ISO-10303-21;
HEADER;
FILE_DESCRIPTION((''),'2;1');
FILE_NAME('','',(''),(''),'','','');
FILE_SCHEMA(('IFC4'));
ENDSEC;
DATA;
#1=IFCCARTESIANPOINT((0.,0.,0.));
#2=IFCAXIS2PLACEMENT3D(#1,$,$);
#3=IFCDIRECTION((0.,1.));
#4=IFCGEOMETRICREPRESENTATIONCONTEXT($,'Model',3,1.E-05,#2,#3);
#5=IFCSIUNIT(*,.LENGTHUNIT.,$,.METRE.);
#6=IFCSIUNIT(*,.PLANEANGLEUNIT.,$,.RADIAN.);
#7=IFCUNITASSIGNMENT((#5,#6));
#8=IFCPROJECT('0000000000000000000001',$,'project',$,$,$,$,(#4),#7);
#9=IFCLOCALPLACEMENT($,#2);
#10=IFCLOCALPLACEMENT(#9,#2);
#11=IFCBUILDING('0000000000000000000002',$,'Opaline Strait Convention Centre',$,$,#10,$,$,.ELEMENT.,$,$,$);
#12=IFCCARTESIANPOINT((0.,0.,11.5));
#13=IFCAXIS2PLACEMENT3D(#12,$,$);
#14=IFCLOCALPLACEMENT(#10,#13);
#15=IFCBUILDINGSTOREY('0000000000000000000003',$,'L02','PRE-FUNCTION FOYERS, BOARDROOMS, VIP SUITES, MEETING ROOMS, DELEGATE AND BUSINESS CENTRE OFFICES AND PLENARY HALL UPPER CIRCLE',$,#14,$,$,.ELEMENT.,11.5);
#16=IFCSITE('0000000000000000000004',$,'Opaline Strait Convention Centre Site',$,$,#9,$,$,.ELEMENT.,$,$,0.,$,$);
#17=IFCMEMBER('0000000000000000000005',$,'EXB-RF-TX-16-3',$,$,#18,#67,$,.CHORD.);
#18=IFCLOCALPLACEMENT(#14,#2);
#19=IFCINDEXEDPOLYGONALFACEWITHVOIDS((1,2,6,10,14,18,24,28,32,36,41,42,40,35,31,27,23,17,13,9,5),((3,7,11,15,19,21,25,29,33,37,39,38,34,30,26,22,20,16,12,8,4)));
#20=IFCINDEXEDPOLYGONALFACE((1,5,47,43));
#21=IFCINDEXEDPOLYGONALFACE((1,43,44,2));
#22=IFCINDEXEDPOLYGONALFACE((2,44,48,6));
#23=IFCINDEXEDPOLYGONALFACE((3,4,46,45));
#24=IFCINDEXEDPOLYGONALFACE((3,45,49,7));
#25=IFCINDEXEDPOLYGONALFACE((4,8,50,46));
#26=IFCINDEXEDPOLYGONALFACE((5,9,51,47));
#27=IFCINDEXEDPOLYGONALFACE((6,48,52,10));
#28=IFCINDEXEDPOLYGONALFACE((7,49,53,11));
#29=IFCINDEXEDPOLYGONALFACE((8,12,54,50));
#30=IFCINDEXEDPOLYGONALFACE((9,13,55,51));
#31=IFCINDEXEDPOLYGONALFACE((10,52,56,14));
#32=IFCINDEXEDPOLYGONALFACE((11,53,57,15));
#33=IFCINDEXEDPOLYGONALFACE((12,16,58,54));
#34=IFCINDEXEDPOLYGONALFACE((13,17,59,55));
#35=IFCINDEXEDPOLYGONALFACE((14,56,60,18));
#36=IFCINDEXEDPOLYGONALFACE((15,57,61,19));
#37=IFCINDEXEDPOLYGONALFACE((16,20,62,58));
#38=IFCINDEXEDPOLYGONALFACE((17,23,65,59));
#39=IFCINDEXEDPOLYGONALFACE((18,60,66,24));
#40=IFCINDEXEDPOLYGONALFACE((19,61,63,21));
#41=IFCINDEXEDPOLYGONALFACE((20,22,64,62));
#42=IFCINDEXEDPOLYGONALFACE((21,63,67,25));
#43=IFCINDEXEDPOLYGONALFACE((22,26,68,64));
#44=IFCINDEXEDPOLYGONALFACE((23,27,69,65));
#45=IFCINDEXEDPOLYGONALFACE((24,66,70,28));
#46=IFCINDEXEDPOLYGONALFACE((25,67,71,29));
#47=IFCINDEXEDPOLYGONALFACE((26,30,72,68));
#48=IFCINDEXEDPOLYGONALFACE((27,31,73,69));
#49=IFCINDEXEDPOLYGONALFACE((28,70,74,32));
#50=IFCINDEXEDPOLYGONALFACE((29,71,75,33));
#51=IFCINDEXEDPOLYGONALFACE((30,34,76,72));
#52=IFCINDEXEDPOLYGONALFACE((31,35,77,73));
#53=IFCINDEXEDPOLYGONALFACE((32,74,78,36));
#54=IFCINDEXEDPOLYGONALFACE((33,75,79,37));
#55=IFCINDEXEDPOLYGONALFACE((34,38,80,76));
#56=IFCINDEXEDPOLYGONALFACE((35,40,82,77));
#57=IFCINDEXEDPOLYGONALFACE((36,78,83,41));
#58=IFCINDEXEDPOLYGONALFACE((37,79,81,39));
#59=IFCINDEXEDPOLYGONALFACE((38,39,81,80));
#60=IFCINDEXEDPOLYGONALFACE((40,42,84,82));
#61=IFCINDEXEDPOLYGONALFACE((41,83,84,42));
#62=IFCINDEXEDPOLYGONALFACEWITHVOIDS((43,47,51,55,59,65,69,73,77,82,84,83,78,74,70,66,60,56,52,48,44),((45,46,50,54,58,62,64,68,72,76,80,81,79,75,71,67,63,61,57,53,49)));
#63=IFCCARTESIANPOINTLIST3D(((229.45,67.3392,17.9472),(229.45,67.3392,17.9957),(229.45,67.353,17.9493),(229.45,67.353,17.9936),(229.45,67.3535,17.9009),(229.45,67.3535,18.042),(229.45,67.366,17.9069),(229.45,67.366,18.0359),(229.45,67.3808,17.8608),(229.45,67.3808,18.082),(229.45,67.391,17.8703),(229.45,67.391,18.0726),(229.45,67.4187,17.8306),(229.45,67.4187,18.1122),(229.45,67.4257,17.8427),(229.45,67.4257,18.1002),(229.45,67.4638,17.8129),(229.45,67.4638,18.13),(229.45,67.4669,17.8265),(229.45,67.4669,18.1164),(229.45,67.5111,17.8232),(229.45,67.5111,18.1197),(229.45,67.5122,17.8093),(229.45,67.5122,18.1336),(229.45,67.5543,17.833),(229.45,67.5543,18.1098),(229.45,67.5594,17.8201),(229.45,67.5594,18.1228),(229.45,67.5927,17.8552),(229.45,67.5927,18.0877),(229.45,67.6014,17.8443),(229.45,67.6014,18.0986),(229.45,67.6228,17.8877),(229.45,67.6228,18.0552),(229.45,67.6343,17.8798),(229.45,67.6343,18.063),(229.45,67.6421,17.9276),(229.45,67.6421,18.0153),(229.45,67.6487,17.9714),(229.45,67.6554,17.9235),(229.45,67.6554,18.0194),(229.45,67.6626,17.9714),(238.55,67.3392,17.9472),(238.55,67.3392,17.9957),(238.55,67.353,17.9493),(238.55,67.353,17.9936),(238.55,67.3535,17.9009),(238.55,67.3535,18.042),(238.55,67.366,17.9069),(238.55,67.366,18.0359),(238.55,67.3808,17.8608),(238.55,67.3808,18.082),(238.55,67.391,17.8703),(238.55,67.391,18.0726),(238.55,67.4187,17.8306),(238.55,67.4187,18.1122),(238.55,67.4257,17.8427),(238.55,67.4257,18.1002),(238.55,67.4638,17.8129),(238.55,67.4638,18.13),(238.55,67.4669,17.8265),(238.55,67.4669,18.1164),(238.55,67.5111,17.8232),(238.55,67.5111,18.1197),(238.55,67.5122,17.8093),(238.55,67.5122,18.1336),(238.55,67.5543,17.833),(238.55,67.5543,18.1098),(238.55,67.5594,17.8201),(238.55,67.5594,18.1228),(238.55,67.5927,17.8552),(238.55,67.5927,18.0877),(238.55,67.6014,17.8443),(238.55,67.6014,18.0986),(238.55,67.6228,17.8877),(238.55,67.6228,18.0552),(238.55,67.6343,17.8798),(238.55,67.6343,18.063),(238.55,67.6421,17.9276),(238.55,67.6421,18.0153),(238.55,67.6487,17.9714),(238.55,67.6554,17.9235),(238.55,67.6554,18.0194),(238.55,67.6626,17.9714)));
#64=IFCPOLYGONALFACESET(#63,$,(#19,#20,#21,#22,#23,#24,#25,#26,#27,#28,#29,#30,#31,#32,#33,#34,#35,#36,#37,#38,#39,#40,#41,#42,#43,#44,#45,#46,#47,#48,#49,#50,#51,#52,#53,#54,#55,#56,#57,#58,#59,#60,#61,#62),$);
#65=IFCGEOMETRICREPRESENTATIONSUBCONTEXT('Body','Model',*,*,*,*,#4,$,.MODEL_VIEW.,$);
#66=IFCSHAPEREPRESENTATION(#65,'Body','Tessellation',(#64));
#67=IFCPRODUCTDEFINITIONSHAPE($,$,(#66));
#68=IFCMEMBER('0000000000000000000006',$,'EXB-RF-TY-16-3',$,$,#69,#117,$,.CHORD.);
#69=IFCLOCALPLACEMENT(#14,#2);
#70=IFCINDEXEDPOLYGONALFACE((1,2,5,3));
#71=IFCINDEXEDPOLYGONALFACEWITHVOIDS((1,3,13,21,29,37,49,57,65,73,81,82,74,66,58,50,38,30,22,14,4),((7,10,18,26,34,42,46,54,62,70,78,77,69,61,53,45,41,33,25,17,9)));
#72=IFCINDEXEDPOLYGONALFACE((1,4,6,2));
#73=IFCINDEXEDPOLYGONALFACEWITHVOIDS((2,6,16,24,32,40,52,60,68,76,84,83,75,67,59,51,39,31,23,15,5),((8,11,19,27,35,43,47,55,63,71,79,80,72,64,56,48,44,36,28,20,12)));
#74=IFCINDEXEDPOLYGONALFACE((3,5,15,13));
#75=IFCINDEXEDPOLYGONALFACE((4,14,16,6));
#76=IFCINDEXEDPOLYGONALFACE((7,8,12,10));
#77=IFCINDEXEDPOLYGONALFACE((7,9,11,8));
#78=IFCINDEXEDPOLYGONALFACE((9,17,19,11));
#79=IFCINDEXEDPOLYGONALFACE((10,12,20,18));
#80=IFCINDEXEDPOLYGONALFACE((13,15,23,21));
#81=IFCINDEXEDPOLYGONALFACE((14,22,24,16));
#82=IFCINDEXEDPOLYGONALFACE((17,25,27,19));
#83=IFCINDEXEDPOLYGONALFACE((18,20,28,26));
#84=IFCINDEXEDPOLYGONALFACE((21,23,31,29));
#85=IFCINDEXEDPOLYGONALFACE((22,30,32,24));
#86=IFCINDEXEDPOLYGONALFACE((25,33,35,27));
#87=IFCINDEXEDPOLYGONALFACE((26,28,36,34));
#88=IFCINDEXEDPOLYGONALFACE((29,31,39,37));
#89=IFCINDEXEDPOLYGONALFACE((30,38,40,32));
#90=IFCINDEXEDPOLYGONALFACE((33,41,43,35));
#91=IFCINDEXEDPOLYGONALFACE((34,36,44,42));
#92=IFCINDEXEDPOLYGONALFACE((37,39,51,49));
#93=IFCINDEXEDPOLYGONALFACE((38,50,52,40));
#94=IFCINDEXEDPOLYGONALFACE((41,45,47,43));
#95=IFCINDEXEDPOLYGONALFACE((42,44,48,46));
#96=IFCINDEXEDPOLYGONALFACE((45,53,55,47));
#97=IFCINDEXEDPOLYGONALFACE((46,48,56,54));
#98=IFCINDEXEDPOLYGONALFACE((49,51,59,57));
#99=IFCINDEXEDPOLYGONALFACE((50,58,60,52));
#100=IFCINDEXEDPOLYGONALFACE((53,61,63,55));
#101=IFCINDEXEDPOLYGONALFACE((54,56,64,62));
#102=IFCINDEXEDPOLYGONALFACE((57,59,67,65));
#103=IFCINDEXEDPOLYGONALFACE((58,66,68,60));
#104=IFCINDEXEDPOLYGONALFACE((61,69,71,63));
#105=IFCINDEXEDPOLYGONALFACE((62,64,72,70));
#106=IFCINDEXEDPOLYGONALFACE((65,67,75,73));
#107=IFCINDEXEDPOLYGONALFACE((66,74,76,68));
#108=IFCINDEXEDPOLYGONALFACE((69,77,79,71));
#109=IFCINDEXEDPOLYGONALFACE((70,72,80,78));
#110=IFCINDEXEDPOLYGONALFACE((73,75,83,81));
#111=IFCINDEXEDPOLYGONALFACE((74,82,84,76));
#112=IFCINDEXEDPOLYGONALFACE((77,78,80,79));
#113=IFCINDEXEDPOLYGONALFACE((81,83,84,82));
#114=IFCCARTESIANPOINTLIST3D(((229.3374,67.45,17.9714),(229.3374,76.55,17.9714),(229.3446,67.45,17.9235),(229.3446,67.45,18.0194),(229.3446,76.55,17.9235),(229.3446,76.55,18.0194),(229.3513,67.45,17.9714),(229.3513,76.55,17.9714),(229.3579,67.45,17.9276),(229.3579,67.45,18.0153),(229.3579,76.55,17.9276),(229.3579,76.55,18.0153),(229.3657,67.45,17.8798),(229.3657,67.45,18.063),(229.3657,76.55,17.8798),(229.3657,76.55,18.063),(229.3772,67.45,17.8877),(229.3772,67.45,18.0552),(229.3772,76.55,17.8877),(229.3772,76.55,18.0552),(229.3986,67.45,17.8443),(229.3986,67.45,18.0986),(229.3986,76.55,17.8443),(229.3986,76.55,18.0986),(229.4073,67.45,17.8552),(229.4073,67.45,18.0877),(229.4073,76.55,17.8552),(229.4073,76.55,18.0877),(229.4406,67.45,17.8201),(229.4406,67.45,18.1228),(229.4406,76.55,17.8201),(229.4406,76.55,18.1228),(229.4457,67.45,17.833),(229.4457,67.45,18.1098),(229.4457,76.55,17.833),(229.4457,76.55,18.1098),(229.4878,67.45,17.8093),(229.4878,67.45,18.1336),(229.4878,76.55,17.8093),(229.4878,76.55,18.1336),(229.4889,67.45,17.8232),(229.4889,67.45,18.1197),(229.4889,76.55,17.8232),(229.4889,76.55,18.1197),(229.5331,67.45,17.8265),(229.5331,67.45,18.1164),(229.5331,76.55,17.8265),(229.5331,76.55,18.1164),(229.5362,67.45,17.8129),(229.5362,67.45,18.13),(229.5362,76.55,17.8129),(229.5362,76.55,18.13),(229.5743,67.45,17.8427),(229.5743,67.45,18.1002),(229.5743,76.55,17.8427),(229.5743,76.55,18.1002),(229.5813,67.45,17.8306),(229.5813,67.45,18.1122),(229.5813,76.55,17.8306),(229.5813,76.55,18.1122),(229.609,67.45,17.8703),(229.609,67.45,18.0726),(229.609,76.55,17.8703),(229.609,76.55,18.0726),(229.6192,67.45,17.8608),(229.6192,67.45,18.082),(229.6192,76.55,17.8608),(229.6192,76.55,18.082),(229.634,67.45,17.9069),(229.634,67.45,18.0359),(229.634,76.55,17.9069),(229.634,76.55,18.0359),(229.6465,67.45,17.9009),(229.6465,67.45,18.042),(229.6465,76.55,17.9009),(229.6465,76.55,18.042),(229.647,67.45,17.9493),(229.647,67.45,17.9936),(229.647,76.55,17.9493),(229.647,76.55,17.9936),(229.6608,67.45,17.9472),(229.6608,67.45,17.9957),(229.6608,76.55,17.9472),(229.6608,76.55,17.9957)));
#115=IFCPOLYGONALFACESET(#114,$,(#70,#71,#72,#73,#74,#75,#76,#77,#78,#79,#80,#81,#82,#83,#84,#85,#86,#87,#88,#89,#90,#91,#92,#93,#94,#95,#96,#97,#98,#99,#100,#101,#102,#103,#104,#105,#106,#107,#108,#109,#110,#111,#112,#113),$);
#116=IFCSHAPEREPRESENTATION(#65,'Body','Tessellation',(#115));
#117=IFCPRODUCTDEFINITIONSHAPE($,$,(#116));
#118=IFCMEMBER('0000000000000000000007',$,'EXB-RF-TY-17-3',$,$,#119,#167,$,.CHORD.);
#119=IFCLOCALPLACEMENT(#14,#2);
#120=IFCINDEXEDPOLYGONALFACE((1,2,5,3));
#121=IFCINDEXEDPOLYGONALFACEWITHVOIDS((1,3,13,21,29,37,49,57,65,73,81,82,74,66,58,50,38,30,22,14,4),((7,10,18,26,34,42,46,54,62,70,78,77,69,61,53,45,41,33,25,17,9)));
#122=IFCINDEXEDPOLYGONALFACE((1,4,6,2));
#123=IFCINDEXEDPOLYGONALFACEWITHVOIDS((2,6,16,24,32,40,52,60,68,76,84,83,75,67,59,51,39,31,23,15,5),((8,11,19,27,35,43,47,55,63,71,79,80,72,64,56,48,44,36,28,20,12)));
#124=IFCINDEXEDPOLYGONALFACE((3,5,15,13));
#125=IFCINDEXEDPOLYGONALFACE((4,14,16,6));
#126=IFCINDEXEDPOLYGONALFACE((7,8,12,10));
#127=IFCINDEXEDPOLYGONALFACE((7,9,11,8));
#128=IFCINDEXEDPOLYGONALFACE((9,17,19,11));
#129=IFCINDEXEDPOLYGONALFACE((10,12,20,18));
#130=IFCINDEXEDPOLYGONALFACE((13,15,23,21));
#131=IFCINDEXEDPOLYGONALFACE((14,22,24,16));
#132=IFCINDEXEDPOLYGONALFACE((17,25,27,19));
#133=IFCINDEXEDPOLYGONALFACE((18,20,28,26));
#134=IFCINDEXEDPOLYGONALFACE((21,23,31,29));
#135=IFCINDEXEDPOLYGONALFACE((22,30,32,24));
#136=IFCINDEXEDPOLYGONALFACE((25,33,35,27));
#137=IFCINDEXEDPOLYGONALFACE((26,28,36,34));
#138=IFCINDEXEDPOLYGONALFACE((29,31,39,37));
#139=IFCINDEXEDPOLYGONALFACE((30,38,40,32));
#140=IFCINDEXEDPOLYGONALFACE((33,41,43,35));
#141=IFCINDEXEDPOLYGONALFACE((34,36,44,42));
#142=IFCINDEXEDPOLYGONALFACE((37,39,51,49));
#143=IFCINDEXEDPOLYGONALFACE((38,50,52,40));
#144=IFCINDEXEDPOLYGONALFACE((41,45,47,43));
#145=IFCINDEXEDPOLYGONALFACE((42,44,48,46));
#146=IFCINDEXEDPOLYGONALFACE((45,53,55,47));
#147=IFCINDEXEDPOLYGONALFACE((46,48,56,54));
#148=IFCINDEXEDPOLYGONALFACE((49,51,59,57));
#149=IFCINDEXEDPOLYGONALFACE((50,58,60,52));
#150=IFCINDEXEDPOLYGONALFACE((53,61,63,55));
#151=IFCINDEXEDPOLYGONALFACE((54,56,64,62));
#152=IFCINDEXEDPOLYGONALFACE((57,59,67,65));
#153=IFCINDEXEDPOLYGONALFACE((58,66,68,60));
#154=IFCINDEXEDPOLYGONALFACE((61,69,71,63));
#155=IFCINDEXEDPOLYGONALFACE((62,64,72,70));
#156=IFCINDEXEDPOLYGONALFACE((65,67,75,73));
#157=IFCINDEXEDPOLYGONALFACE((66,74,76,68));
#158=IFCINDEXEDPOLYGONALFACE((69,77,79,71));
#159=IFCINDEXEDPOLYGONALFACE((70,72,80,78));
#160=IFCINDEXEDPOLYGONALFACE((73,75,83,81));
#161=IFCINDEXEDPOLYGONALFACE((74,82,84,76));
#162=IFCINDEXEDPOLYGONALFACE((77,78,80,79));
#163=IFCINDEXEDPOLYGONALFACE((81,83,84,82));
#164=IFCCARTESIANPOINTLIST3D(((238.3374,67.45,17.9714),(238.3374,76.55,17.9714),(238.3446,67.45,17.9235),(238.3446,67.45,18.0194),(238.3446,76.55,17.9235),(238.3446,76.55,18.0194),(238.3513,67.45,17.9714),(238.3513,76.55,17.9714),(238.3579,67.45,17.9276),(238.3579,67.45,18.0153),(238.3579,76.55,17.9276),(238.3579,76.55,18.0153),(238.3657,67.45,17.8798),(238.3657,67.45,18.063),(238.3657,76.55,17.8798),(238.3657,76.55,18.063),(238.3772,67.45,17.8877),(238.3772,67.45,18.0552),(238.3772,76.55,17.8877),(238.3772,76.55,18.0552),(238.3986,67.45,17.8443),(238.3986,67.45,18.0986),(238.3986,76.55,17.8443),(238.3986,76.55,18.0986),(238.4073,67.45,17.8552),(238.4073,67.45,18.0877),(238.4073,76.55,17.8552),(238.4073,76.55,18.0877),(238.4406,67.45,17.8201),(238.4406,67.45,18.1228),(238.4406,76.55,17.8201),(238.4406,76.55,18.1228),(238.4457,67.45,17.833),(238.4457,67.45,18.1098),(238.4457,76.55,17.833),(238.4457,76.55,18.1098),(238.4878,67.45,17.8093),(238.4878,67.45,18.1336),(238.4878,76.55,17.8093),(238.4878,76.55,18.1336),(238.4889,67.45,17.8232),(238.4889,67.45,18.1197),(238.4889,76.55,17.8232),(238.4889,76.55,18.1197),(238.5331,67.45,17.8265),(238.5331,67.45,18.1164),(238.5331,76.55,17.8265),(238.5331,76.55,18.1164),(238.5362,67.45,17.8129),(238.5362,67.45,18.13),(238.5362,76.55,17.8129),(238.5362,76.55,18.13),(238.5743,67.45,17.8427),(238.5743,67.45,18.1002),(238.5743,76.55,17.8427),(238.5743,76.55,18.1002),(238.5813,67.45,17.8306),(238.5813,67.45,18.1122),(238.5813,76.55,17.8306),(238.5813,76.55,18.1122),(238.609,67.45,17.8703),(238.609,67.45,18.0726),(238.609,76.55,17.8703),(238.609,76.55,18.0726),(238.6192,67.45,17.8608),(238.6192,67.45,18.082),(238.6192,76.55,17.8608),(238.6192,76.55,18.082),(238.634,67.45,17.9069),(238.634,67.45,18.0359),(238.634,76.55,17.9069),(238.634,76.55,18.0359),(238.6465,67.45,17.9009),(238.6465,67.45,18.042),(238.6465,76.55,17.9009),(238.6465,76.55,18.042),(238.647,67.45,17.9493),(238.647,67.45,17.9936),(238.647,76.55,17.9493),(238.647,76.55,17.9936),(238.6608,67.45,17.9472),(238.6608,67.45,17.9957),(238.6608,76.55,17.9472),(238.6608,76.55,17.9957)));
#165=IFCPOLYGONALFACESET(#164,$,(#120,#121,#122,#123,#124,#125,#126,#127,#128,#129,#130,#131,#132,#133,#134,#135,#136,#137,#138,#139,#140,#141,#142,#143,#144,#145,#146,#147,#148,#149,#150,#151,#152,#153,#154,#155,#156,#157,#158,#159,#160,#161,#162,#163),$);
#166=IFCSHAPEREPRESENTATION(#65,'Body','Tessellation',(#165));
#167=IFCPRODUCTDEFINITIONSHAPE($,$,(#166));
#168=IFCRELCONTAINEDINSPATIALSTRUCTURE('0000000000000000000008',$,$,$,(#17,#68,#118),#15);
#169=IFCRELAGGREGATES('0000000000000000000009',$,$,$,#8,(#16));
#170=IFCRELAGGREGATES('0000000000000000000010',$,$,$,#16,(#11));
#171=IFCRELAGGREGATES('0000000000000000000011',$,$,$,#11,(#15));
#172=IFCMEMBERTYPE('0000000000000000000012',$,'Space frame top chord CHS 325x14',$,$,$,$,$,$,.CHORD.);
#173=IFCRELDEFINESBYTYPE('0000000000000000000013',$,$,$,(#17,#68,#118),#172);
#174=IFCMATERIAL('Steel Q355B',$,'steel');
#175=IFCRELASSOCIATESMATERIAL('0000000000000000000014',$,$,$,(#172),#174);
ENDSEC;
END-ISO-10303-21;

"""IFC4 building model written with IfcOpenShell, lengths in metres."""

from ifc_helpers import new_model, si_unit, direction, frame, origin, origin_2d, place, context, subcontext, project, spatial, hollow_circle, extrude, material, material_profile, profile_set, type_object, element, save


model = new_model("IFC4")

# Units and contexts
model_context = context("Model", 3, precision=1e-05, world=origin(), true_north=direction((0.0, 1.0)))
body_context = subcontext(model_context, "Body", "Model", "MODEL_VIEW")
ifc_project = project(units=[si_unit("LENGTHUNIT", "METRE"), si_unit("PLANEANGLEUNIT", "RADIAN")], contexts=[model_context])

# Site, building, storey
site_placement = place(None, origin())
site = spatial("IfcSite", under=ifc_project, at=site_placement, Name="Opaline Strait Convention Centre Site", CompositionType="ELEMENT", RefElevation=0.0)
building_placement = place(site_placement, origin())
building = spatial("IfcBuilding", under=site, at=building_placement, Name="Opaline Strait Convention Centre", CompositionType="ELEMENT")
storey_placement = place(building_placement, frame((0.0, 0.0, 11.5)))
storey = spatial("IfcBuildingStorey", under=building, at=storey_placement, Name="L02", Description="PRE-FUNCTION FOYERS, BOARDROOMS, VIP SUITES, MEETING ROOMS, DELEGATE AND BUSINESS CENTRE OFFICES AND PLENARY HALL UPPER CIRCLE", CompositionType="ELEMENT", Elevation=11.5)

# Members
ifc_material_1 = material(Name="Steel Q355B", Category="steel")
ifc_material_profile_1 = material_profile(ifc_material_1, hollow_circle(Radius=0.1626, WallThickness=0.0139, at=origin_2d()), Name="CHS 325x14")
ifc_profile_set_1 = profile_set([ifc_material_profile_1], Name="Steel Q355B")
member_type_1 = type_object("IfcMemberType", Name="Space frame top chord CHS 325x14", PredefinedType="CHORD", material=ifc_profile_set_1)
for number, where, z_axis, x_axis, name in (
    (1, (229.45, 67.5, 17.9714), (1.0, 0.0, 0.0), (0.0, 1.0, 0.0), "EXB-RF-TX-16-3"),
    (2, (229.5, 67.45, 17.9714), (0.0, 1.0, 0.0), (-1.0, 0.0, 0.0), "EXB-RF-TY-16-3"),
    (3, (238.5, 67.45, 17.9714), (0.0, 1.0, 0.0), (-1.0, 0.0, 0.0), "EXB-RF-TY-17-3"),
):
    element("IfcMember", number, at=place(storey_placement, frame(where, z_axis=z_axis, x_axis=x_axis)), inside=storey, type_object=member_type_1, Name=name, PredefinedType="CHORD", context=body_context, shape_type="SweptSolid", body=[
        extrude(hollow_circle(Radius=0.1626, WallThickness=0.0139, at=origin_2d()), origin(), (0.0, 0.0, 1.0), 9.1001),
    ])

save(model, "model.ifc")
